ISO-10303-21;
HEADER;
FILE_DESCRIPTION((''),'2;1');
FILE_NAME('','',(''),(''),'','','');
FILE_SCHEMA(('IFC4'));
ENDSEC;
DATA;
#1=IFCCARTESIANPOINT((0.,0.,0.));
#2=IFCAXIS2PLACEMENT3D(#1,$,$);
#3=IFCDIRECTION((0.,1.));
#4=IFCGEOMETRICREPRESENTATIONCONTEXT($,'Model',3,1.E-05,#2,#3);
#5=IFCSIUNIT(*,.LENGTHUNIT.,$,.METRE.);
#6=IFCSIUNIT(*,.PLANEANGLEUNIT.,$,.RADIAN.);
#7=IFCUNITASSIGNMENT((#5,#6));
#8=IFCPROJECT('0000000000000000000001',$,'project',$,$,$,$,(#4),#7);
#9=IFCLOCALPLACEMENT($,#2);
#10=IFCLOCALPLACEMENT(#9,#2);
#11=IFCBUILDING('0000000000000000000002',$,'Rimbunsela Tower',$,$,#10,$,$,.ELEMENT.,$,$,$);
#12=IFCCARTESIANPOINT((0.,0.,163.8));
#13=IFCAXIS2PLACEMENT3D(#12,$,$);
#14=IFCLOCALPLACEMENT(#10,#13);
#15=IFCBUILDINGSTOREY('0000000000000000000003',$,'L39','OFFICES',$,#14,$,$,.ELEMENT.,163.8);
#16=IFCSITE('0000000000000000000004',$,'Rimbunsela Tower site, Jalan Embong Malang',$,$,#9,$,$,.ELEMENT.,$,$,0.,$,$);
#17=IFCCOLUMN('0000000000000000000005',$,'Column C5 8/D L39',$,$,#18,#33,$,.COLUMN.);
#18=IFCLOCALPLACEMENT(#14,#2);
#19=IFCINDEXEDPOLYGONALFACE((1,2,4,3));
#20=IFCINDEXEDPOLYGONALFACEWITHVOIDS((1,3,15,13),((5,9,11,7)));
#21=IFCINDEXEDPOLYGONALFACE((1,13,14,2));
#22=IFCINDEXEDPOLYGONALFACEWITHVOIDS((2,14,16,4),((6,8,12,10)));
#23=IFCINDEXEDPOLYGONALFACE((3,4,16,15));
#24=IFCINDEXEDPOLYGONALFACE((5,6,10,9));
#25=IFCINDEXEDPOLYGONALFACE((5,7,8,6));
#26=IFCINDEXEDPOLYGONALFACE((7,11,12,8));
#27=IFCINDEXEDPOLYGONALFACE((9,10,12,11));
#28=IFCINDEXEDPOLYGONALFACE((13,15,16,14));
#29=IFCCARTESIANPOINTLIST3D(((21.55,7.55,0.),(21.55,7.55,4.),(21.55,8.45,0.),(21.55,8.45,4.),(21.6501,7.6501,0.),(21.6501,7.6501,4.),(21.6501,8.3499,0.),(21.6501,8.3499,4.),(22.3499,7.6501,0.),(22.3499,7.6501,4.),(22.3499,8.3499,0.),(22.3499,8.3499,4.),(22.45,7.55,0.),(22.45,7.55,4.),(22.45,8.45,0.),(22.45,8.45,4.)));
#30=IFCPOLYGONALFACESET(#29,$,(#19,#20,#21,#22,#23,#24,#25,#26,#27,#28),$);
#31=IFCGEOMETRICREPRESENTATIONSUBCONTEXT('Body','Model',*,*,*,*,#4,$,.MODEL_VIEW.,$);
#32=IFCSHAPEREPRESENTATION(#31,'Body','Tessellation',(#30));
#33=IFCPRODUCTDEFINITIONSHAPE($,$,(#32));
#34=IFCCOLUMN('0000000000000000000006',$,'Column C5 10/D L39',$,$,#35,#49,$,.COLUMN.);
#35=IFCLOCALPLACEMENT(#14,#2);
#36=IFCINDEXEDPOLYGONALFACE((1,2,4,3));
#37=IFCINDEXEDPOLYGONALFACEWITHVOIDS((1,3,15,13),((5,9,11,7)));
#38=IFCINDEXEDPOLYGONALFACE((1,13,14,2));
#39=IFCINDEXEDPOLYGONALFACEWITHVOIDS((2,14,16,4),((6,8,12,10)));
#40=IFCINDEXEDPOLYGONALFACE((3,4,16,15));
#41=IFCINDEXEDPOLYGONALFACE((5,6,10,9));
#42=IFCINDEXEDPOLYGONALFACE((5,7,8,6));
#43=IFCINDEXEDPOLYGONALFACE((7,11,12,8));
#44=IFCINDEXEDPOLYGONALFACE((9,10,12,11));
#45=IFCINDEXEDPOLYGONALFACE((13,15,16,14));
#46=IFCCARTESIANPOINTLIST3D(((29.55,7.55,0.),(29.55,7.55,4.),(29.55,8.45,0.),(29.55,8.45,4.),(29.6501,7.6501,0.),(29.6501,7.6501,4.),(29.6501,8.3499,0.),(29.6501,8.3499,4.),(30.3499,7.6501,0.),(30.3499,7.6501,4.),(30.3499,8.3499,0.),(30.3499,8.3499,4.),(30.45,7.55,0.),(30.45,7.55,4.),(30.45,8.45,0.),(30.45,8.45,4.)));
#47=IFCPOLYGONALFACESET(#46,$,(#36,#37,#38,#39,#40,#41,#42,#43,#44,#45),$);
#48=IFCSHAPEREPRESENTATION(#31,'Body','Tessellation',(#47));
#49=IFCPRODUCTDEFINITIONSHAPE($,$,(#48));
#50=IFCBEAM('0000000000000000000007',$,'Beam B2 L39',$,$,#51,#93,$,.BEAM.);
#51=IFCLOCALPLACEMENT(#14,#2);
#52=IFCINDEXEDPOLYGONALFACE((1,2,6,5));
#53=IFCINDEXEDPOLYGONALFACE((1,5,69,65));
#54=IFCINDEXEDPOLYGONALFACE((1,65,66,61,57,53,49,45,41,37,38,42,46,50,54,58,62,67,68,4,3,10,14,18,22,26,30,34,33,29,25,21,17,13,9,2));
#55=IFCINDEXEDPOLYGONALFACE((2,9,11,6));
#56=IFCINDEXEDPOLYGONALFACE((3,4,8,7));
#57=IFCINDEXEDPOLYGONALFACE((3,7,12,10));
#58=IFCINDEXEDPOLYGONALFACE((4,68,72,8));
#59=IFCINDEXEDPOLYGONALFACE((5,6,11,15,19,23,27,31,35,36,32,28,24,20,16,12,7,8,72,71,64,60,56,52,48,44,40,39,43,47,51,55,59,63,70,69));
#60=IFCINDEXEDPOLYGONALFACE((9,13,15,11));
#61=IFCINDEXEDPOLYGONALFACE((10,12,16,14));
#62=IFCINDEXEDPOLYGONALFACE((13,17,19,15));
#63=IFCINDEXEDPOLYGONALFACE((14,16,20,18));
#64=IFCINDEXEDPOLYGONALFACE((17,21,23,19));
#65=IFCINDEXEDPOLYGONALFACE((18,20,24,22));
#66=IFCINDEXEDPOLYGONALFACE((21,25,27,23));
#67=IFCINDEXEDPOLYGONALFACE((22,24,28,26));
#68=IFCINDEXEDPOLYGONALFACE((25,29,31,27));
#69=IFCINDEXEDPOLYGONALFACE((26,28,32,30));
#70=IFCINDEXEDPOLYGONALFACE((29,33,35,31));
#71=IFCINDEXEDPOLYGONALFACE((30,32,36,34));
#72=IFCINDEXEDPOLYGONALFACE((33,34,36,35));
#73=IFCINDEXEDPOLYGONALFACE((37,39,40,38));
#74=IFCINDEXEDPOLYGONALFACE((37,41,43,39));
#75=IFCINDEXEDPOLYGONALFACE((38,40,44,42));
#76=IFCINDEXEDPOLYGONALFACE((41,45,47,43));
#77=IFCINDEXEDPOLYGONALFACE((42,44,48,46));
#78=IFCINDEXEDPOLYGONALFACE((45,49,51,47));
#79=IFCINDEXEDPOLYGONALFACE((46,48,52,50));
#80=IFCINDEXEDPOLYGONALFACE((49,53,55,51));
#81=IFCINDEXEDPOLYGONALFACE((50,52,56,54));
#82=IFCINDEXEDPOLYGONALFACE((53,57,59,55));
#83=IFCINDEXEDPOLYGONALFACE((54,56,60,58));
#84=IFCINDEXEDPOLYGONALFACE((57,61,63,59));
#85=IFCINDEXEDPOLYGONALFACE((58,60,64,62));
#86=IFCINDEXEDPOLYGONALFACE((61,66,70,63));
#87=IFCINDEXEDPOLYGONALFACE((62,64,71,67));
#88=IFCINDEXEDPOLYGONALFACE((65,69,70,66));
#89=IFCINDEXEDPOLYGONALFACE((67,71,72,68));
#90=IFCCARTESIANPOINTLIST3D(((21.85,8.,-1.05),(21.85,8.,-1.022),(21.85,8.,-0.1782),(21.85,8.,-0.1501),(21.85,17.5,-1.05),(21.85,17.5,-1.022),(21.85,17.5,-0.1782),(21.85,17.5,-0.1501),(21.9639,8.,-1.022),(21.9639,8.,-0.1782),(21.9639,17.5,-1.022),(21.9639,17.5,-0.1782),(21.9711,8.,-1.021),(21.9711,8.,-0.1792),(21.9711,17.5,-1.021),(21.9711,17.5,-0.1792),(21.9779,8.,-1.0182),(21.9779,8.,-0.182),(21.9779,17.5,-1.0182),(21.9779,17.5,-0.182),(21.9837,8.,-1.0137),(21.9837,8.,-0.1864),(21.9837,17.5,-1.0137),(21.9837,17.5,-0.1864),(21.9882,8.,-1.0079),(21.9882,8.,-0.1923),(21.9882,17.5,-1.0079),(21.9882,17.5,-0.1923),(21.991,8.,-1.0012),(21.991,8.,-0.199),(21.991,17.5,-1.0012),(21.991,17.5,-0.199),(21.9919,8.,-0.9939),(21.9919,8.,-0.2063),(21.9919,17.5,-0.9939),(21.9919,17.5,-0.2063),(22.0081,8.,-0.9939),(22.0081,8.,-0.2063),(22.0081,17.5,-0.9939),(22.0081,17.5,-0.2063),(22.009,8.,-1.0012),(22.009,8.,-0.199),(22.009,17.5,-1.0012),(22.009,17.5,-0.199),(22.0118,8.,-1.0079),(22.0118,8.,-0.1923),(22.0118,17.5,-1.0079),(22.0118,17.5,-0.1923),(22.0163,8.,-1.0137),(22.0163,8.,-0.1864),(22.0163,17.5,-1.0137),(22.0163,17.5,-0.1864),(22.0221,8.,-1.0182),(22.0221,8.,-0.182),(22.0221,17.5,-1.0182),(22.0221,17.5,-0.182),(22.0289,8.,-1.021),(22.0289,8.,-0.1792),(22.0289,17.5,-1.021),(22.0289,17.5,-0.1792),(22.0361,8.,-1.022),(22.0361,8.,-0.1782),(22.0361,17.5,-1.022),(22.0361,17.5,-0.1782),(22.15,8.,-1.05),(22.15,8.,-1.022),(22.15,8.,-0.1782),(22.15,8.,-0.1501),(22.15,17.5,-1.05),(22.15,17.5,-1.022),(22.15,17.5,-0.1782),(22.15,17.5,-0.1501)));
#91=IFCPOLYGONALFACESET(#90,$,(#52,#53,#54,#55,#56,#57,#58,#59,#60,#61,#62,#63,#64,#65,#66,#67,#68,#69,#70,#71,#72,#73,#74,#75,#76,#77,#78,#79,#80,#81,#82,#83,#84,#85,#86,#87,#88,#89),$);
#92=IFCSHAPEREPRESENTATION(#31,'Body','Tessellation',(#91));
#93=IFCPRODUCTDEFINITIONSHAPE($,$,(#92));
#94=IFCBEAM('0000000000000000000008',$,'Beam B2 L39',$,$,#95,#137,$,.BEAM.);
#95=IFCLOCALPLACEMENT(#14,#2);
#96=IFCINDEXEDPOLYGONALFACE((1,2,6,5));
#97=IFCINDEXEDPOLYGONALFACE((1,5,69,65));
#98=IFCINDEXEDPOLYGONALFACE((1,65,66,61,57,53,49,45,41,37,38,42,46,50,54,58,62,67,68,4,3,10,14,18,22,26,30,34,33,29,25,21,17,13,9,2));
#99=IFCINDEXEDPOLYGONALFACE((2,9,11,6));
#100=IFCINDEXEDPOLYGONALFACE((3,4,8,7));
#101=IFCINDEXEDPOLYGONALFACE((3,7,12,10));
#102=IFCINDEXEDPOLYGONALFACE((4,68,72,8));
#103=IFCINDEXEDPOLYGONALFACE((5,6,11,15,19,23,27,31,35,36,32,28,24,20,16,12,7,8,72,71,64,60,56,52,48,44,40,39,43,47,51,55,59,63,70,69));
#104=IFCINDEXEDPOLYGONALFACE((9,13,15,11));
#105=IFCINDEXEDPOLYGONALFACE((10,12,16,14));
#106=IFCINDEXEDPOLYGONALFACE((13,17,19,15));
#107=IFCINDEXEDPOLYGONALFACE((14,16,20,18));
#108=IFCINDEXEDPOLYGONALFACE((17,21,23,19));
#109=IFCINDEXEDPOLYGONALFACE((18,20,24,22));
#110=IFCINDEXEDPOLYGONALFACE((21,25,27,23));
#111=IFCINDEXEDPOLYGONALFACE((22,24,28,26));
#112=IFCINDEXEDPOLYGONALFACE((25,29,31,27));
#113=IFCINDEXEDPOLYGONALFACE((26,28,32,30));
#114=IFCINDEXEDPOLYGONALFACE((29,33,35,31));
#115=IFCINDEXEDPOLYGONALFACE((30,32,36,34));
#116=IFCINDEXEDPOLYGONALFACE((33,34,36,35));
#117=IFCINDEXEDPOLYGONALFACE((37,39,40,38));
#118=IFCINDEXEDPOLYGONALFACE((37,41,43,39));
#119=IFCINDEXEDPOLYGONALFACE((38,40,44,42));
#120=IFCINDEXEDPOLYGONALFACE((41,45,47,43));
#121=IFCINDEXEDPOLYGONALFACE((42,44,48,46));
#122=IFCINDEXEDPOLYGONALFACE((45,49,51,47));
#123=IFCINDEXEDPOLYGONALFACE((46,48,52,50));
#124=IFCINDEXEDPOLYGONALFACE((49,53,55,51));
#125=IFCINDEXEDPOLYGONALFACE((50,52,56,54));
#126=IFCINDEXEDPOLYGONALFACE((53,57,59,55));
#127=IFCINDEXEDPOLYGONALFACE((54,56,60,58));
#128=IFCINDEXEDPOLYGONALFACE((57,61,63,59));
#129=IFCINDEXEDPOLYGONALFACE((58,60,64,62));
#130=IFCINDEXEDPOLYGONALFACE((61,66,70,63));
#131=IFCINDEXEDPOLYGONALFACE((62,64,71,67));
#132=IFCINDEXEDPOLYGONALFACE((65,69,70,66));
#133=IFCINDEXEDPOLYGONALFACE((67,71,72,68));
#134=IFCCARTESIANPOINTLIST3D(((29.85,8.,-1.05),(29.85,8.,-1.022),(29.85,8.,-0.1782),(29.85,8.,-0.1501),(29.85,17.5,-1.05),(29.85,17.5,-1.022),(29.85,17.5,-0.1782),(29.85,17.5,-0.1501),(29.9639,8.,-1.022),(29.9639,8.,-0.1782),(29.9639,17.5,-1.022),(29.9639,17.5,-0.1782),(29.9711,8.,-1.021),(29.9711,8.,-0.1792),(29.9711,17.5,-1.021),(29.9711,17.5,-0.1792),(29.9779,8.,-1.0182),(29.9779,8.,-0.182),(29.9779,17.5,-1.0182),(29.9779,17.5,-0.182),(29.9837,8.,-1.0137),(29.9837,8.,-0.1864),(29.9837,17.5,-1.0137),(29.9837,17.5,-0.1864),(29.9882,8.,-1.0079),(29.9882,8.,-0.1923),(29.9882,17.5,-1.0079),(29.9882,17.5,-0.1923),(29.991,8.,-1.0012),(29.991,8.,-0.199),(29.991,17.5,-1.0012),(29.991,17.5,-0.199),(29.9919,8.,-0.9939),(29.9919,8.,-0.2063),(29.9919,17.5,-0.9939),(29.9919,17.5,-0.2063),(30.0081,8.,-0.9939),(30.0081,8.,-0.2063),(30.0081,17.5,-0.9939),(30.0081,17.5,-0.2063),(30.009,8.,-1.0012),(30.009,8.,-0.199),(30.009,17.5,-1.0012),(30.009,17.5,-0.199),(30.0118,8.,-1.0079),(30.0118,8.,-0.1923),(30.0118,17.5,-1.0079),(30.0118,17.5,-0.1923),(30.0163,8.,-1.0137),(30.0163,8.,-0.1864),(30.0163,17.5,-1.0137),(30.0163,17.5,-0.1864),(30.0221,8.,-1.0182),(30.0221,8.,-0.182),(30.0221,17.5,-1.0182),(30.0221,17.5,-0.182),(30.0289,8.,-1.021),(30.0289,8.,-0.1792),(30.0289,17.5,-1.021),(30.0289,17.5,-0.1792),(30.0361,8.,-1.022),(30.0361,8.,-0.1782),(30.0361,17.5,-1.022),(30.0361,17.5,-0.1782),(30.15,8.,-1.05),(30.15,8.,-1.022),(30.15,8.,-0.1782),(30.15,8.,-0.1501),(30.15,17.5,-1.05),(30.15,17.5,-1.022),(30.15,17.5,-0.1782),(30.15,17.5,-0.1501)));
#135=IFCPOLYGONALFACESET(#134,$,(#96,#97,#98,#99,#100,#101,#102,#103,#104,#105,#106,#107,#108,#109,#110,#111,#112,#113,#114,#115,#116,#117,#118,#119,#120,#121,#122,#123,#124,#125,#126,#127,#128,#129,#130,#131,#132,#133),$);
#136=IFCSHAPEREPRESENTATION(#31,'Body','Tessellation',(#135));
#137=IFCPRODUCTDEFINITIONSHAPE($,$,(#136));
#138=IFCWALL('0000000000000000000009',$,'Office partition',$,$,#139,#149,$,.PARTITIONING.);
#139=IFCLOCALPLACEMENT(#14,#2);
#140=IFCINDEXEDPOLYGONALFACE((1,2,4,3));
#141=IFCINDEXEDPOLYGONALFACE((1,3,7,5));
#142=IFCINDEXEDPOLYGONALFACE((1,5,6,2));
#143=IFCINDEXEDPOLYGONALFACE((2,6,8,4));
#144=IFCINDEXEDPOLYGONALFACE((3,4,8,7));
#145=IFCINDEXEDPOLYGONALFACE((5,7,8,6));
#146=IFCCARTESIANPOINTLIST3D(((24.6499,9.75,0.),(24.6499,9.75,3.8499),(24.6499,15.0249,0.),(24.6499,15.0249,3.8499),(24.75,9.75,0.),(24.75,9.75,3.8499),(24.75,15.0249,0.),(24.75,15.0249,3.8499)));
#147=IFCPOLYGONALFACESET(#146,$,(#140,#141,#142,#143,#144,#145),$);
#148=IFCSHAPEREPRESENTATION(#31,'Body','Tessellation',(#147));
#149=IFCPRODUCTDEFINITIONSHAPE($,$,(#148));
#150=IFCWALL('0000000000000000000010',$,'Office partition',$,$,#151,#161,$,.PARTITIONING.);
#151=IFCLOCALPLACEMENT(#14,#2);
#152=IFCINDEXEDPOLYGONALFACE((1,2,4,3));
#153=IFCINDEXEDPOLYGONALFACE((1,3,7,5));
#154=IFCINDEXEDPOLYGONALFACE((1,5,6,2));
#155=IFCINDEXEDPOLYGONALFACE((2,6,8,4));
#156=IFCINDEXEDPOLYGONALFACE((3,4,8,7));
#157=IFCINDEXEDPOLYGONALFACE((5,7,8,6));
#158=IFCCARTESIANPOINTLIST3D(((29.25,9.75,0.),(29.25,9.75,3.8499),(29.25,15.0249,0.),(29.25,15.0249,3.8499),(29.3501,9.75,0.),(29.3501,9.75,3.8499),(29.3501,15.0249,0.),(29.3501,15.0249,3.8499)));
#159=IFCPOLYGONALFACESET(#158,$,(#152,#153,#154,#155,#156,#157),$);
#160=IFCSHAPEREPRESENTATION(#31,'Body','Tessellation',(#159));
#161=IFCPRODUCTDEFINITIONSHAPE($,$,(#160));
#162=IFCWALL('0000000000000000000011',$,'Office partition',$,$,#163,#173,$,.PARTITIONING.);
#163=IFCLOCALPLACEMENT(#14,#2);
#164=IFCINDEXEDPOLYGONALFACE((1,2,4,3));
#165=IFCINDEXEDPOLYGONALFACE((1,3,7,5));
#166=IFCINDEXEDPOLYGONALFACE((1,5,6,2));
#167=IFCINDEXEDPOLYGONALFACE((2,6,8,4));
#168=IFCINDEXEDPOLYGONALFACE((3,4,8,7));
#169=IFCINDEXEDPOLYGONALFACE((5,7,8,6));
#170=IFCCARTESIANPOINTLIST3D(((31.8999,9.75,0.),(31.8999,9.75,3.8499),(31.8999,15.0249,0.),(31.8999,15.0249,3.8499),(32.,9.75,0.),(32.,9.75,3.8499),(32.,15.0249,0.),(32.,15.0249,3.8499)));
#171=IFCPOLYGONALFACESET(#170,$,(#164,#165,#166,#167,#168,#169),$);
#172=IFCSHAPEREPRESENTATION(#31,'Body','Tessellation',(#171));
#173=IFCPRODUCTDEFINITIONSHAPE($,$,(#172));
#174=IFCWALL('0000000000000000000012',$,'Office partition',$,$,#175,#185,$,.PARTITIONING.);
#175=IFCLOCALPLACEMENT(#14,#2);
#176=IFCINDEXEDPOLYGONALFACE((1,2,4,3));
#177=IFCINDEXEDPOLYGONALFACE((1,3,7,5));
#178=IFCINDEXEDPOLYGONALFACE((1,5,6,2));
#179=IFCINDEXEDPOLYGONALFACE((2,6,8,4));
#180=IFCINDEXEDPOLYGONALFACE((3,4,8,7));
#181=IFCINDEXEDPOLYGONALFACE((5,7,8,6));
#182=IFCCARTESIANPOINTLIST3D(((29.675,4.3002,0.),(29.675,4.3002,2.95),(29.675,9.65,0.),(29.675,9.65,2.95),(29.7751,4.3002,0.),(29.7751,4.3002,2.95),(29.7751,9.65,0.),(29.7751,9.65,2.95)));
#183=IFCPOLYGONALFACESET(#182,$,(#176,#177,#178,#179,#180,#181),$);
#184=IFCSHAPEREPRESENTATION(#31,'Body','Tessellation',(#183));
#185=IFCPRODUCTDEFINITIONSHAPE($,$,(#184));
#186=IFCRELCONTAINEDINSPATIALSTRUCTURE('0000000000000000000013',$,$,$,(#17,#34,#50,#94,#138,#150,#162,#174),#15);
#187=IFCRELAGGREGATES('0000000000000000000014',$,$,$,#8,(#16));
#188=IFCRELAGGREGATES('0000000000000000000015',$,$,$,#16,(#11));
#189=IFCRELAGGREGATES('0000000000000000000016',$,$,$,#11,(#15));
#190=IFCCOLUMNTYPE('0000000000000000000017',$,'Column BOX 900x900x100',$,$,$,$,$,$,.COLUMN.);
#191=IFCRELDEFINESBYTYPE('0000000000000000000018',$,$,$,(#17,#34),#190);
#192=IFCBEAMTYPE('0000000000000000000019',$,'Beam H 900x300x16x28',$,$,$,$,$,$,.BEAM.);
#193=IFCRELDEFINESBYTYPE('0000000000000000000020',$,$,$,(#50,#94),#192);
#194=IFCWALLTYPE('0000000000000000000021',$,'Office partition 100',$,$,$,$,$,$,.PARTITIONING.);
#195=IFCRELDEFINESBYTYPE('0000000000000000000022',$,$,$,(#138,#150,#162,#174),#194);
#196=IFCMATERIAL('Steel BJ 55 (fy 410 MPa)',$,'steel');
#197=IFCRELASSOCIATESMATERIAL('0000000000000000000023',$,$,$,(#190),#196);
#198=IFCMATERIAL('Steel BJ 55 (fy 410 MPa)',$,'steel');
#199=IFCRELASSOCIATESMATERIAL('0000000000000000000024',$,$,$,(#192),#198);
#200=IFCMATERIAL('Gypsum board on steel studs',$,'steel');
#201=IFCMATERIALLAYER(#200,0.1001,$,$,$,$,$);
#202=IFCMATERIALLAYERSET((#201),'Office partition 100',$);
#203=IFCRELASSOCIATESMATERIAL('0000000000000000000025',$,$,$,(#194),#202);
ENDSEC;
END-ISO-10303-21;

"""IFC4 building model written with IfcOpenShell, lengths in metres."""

from ifc_helpers import new_model, si_unit, direction, frame, frame_2d, origin, origin_2d, place, context, subcontext, project, spatial, rectangle, hollow_rectangle, i_section, extrude, material, layer, layer_set, material_profile, profile_set, type_object, element, save


model = new_model("IFC4")

# Units and contexts
model_context = context("Model", 3, precision=1e-05, world=origin(), true_north=direction((0.0, 1.0)))
body_context = subcontext(model_context, "Body", "Model", "MODEL_VIEW")
ifc_project = project(units=[si_unit("LENGTHUNIT", "METRE"), si_unit("PLANEANGLEUNIT", "RADIAN")], contexts=[model_context])

# Site, building, storey
site_placement = place(None, origin())
site = spatial("IfcSite", under=ifc_project, at=site_placement, Name="Rimbunsela Tower site, Jalan Embong Malang", CompositionType="ELEMENT", RefElevation=0.0)
building_placement = place(site_placement, origin())
building = spatial("IfcBuilding", under=site, at=building_placement, Name="Rimbunsela Tower", CompositionType="ELEMENT")
storey_placement = place(building_placement, frame((0.0, 0.0, 163.8)))
storey = spatial("IfcBuildingStorey", under=building, at=storey_placement, Name="L39", Description="OFFICES", CompositionType="ELEMENT", Elevation=163.8)

# Columns
ifc_material_1 = material(Name="Steel BJ 55 (fy 410 MPa)", Category="steel")
ifc_material_profile_1 = material_profile(ifc_material_1, hollow_rectangle(XDim=0.8999, YDim=0.8999, WallThickness=0.1001, at=origin_2d()), Name="BOX 900x900x100")
ifc_profile_set_1 = profile_set([ifc_material_profile_1], Name="Steel BJ 55 (fy 410 MPa)")
column_type = type_object("IfcColumnType", Name="Column BOX 900x900x100", PredefinedType="COLUMN", material=ifc_profile_set_1)
for number, where, z_axis, x_axis, name in (
    (1, (22.0, 8.0, 0.0), (0.0, 0.0, 1.0), (1.0, 0.0, 0.0), "Column C5 8/D L39"),
    (2, (30.0, 8.0, 0.0), (0.0, 0.0, 1.0), (1.0, 0.0, 0.0), "Column C5 10/D L39"),
):
    element("IfcColumn", number, at=place(storey_placement, frame(where, z_axis=z_axis, x_axis=x_axis)), inside=storey, type_object=column_type, Name=name, PredefinedType="COLUMN", context=body_context, shape_type="SweptSolid", body=[
        extrude(hollow_rectangle(XDim=0.8999, YDim=0.8999, WallThickness=0.1001, at=origin_2d()), origin(), (0.0, 0.0, 1.0), 4.0),
    ])

# Beams
ifc_material_2 = material(Name="Steel BJ 55 (fy 410 MPa)", Category="steel")
ifc_material_profile_2 = material_profile(ifc_material_2, i_section(OverallWidth=0.3, OverallDepth=0.8999, WebThickness=0.0161, FlangeThickness=0.0281, FilletRadius=0.0281, at=origin_2d()), Name="H 900x300x16x28")
ifc_profile_set_2 = profile_set([ifc_material_profile_2], Name="Steel BJ 55 (fy 410 MPa)")
beam_type = type_object("IfcBeamType", Name="Beam H 900x300x16x28", PredefinedType="BEAM", material=ifc_profile_set_2)
for number, where, z_axis, x_axis, name in (
    (3, (22.0, 8.0, -0.6001), (0.0, 1.0, 0.0), (-1.0, 0.0, 0.0), "Beam B2 L39"),
    (4, (30.0, 8.0, -0.6001), (0.0, 1.0, 0.0), (-1.0, 0.0, 0.0), "Beam B2 L39"),
):
    element("IfcBeam", number, at=place(storey_placement, frame(where, z_axis=z_axis, x_axis=x_axis)), inside=storey, type_object=beam_type, Name=name, PredefinedType="BEAM", context=body_context, shape_type="SweptSolid", body=[
        extrude(i_section(OverallWidth=0.3, OverallDepth=0.8999, WebThickness=0.0161, FlangeThickness=0.0281, FilletRadius=0.0281, at=origin_2d()), origin(), (0.0, 0.0, 1.0), 9.5),
    ])

# Walls
ifc_material_3 = material(Name="Gypsum board on steel studs", Category="steel")
ifc_layer_1 = layer(ifc_material_3, 0.1001)
ifc_layer_set_1 = layer_set([ifc_layer_1], Name="Office partition 100")
wall_type_1 = type_object("IfcWallType", Name="Office partition 100", PredefinedType="PARTITIONING", material=ifc_layer_set_1)
for number, where, z_axis, x_axis, name in (
    (5, (24.7, 9.75, 0.0), (0.0, 0.0, 1.0), (0.0, 1.0, 0.0), "Office partition"),
    (6, (29.3, 9.75, 0.0), (0.0, 0.0, 1.0), (0.0, 1.0, 0.0), "Office partition"),
    (7, (31.95, 9.75, 0.0), (0.0, 0.0, 1.0), (0.0, 1.0, 0.0), "Office partition"),
):
    element("IfcWall", number, at=place(storey_placement, frame(where, z_axis=z_axis, x_axis=x_axis)), inside=storey, type_object=wall_type_1, Name=name, PredefinedType="PARTITIONING", context=body_context, shape_type="SweptSolid", body=[
        extrude(rectangle(XDim=5.2749, YDim=0.1001, at=frame_2d((2.6375, 0.0))), origin(), (0.0, 0.0, 1.0), 3.8499),
    ])
wall_1_placement = place(storey_placement, frame((29.7251, 9.6499, 0.0), z_axis=(0.0, 0.0, 1.0), x_axis=(0.0, -1.0, 0.0)))
element("IfcWall", 8, at=wall_1_placement, inside=storey, type_object=wall_type_1, Name="Office partition", PredefinedType="PARTITIONING", context=body_context, shape_type="SweptSolid", body=[
    extrude(rectangle(XDim=5.3499, YDim=0.1001, at=frame_2d((2.6748, 0.0))), origin(), (0.0, 0.0, 1.0), 2.95),
])

save(model, "model.ifc")
